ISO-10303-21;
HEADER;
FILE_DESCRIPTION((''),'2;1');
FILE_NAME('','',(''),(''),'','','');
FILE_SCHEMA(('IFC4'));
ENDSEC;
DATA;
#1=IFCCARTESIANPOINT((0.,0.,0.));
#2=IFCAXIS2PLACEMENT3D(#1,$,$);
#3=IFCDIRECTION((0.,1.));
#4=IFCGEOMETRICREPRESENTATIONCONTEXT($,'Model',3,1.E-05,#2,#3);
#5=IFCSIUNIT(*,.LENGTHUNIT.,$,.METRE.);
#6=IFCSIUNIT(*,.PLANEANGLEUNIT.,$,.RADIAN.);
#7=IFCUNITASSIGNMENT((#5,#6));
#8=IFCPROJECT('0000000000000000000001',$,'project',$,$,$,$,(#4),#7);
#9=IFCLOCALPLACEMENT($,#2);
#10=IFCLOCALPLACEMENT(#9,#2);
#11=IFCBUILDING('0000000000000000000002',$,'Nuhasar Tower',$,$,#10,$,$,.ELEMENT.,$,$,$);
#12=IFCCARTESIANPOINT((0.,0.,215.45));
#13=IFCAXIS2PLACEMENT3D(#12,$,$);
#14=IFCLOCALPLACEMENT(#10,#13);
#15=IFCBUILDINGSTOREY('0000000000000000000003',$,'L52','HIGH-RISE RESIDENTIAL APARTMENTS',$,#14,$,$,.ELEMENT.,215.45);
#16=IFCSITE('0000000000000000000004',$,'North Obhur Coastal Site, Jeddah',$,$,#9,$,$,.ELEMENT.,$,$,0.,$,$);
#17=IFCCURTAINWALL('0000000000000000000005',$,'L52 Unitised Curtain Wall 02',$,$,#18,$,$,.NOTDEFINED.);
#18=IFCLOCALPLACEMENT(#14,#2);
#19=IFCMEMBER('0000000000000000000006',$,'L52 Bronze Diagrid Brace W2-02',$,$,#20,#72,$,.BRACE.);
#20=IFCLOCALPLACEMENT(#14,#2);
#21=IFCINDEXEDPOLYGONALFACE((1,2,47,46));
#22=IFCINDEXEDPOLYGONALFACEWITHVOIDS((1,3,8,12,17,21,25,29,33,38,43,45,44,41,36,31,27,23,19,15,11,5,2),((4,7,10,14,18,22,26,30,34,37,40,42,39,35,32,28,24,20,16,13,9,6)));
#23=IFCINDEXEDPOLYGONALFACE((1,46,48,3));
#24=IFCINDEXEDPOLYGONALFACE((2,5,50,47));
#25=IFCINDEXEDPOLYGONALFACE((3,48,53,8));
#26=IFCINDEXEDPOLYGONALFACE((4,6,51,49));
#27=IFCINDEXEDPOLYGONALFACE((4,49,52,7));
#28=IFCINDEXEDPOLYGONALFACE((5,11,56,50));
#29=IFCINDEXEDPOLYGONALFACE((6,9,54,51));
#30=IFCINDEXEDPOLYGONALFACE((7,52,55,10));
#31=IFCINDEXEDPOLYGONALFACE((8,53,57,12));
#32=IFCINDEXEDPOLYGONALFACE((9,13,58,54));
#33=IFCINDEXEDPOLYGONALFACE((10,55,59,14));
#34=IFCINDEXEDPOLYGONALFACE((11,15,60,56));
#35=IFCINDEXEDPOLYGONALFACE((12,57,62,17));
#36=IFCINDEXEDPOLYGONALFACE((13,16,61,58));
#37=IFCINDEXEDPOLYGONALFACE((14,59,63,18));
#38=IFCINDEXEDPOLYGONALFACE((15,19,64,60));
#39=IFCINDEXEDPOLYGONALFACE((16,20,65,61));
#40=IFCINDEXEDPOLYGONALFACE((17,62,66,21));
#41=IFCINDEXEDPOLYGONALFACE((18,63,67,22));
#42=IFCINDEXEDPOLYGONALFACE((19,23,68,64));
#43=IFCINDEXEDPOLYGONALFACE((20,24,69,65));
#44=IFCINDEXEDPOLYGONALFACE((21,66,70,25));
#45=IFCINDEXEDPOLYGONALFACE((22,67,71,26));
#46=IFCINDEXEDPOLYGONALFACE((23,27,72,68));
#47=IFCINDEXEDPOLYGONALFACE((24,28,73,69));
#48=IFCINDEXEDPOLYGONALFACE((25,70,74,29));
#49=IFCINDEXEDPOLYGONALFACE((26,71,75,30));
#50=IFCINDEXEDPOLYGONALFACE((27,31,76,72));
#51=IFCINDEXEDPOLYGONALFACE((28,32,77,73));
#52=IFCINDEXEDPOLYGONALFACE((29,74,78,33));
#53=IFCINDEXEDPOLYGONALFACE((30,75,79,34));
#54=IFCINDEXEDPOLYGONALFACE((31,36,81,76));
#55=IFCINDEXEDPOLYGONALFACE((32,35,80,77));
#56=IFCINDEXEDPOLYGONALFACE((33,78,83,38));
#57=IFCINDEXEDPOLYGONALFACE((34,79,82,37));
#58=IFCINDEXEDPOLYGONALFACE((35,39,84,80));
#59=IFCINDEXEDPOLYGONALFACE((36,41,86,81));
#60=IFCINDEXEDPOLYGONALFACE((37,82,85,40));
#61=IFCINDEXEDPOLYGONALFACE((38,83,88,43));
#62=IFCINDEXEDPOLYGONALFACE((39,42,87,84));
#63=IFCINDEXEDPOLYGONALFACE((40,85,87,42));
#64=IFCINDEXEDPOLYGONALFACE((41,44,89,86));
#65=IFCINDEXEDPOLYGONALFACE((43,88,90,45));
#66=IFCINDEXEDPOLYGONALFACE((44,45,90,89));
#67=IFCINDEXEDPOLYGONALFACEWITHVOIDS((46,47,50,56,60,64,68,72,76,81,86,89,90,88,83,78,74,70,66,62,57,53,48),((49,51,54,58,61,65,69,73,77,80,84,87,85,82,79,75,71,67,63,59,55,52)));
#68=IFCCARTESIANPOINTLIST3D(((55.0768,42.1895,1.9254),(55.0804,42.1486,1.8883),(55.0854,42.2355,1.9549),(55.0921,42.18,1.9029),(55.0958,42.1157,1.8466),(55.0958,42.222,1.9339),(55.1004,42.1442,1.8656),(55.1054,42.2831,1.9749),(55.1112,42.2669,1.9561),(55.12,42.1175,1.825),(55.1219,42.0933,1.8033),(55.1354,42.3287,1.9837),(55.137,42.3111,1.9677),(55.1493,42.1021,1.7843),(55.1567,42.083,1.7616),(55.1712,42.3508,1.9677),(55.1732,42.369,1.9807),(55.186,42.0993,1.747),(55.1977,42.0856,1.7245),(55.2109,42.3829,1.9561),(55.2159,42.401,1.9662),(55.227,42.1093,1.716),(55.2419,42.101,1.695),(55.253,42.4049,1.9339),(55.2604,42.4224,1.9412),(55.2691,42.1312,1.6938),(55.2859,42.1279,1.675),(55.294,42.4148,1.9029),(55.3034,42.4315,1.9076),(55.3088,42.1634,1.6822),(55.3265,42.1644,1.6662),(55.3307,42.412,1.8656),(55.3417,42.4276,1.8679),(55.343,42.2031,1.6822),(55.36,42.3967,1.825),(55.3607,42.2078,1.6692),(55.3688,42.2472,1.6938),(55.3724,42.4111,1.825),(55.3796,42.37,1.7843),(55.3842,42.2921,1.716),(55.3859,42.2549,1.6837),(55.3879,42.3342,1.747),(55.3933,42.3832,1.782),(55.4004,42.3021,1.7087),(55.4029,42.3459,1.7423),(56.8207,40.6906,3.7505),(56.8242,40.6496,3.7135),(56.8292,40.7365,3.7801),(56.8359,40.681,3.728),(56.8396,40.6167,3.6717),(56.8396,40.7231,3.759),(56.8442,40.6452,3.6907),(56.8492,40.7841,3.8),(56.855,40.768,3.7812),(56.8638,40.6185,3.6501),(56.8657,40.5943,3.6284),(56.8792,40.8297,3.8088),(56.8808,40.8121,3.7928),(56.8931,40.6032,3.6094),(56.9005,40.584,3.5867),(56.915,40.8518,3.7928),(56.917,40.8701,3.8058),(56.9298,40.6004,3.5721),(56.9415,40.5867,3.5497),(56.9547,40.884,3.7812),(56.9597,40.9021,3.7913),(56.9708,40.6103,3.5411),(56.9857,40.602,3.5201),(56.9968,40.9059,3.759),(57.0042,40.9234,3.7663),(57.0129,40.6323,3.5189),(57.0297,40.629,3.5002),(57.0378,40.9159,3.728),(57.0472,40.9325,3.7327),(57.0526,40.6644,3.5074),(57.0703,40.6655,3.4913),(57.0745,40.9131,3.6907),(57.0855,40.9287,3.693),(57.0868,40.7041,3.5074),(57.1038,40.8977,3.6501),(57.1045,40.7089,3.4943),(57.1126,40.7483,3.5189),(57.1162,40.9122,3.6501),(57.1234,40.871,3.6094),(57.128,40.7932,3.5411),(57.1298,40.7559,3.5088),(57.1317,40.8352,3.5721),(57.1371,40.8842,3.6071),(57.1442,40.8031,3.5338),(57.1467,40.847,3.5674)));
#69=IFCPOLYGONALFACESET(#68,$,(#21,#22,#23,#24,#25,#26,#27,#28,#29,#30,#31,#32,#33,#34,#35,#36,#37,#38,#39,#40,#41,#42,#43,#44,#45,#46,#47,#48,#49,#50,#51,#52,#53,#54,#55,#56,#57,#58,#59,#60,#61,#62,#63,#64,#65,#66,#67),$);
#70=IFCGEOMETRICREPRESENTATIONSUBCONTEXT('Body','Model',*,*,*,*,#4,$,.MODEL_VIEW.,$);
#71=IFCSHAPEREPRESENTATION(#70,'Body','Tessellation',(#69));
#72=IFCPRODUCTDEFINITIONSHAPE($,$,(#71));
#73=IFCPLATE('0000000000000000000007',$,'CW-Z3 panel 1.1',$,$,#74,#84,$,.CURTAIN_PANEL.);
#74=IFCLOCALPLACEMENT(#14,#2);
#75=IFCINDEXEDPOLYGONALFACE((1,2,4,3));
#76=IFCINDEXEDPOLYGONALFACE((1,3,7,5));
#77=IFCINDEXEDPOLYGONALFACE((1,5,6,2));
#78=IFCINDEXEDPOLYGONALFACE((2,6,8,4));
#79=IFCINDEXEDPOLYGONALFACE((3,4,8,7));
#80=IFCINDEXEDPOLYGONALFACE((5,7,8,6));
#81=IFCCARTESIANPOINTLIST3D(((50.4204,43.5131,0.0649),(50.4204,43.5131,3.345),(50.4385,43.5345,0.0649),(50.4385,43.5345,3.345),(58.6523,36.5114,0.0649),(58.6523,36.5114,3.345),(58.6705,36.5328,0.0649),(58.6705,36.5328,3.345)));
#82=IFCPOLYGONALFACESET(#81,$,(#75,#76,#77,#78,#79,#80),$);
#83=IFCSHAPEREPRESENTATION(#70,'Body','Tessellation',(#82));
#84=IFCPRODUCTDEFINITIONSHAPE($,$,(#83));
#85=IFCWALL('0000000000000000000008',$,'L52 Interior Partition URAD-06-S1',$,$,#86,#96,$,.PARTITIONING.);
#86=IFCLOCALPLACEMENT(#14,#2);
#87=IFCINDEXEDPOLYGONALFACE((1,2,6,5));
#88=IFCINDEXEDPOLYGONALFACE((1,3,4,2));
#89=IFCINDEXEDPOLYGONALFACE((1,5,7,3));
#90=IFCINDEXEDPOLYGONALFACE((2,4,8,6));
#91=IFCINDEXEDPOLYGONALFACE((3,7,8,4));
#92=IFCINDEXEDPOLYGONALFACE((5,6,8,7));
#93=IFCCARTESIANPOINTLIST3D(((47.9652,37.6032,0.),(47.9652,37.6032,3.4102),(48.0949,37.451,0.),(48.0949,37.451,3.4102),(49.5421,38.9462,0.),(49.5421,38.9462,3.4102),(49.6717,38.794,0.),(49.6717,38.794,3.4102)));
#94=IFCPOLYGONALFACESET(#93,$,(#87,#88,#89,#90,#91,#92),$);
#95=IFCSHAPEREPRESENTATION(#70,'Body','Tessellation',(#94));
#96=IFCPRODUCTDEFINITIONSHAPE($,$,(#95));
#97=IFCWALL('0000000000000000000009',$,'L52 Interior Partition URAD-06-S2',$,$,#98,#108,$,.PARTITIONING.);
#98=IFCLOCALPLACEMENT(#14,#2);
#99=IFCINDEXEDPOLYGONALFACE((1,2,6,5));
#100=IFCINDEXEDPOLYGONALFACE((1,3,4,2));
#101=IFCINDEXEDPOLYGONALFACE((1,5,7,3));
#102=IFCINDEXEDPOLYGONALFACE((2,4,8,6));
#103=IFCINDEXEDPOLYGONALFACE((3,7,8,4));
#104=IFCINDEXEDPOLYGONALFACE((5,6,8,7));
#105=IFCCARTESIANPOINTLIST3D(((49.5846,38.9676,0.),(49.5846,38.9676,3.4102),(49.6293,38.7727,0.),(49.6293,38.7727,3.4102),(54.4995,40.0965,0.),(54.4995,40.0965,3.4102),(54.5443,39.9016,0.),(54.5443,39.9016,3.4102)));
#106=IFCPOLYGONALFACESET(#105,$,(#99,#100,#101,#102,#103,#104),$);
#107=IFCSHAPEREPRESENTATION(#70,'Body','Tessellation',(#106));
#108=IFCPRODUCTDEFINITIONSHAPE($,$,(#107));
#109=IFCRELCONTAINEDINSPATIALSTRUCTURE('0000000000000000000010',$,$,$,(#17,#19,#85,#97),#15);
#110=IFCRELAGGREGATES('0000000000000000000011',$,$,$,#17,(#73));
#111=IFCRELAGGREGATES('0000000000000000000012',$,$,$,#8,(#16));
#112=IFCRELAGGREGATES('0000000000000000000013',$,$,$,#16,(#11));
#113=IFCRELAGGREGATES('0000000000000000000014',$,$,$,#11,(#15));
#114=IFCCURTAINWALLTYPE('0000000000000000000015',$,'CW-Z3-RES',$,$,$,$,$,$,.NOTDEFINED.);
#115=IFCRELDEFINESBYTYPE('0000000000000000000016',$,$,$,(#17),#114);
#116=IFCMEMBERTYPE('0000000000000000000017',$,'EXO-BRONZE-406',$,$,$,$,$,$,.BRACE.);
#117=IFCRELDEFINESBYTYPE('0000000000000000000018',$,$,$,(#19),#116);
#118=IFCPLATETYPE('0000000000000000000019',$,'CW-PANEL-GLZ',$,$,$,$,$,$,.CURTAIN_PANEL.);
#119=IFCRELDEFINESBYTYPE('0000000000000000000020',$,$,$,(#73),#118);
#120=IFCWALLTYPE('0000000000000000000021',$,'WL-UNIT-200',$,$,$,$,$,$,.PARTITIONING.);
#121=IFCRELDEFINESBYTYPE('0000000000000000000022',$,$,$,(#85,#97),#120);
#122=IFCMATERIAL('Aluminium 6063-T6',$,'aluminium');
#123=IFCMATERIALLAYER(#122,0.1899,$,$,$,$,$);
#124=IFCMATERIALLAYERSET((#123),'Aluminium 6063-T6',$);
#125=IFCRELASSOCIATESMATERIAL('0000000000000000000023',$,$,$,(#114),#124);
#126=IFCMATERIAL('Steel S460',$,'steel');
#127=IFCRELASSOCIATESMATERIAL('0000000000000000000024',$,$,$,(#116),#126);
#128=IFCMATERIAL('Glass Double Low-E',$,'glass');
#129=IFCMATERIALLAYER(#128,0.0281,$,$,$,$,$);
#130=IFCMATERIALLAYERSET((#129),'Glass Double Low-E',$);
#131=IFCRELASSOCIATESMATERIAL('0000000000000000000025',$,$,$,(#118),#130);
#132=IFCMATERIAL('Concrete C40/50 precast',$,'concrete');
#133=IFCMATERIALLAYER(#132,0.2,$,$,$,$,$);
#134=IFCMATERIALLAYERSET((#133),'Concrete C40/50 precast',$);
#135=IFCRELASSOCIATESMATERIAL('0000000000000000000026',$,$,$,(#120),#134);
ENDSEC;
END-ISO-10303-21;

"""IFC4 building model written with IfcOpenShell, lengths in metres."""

from ifc_helpers import new_model, si_unit, direction, frame, frame_2d, origin, origin_2d, place, context, subcontext, project, spatial, rectangle, hollow_circle, extrude, material, layer, layer_set, material_profile, profile_set, type_object, element, aggregate, save


model = new_model("IFC4")

# Units and contexts
model_context = context("Model", 3, precision=1e-05, world=origin(), true_north=direction((0.0, 1.0)))
body_context = subcontext(model_context, "Body", "Model", "MODEL_VIEW")
ifc_project = project(units=[si_unit("LENGTHUNIT", "METRE"), si_unit("PLANEANGLEUNIT", "RADIAN")], contexts=[model_context])

# Site, building, storey
site_placement = place(None, origin())
site = spatial("IfcSite", under=ifc_project, at=site_placement, Name="North Obhur Coastal Site, Jeddah", CompositionType="ELEMENT", RefElevation=0.0)
building_placement = place(site_placement, origin())
building = spatial("IfcBuilding", under=site, at=building_placement, Name="Nuhasar Tower", CompositionType="ELEMENT")
storey_placement = place(building_placement, frame((0.0, 0.0, 215.45)))
storey = spatial("IfcBuildingStorey", under=building, at=storey_placement, Name="L52", Description="HIGH-RISE RESIDENTIAL APARTMENTS", CompositionType="ELEMENT", Elevation=215.45)

# Shared definitions
ifc_material_1 = material(Name="Aluminium 6063-T6", Category="aluminium")
ifc_layer_1 = layer(ifc_material_1, 0.1899)
ifc_layer_set_1 = layer_set([ifc_layer_1], Name="Aluminium 6063-T6")
curtain_wall_type = type_object("IfcCurtainWallType", Name="CW-Z3-RES", PredefinedType="NOTDEFINED", material=ifc_layer_set_1)

# Curtain wall
curtain_wall_1_placement = place(storey_placement, origin())
curtain_wall_1 = element("IfcCurtainWall", 1, at=curtain_wall_1_placement, inside=storey, type_object=curtain_wall_type, Name="L52 Unitised Curtain Wall 02", PredefinedType="NOTDEFINED")

# Member
ifc_material_2 = material(Name="Steel S460", Category="steel")
ifc_material_profile_1 = material_profile(ifc_material_2, hollow_circle(Radius=0.2031, WallThickness=0.019, at=origin_2d()), Name="HSS406.4X19.1")
ifc_profile_set_1 = profile_set([ifc_material_profile_1], Name="Steel S460")
member_type_1 = type_object("IfcMemberType", Name="EXO-BRONZE-406", PredefinedType="BRACE", material=ifc_profile_set_1)
for number, where, z_axis, x_axis, name in (
    (2, (55.24, 42.2571, 1.825), (0.593988, -0.510582, 0.621679), (0.651857, 0.758342, 0.0), "L52 Bronze Diagrid Brace W2-02"),
):
    element("IfcMember", number, at=place(storey_placement, frame(where, z_axis=z_axis, x_axis=x_axis)), inside=storey, type_object=member_type_1, Name=name, PredefinedType="BRACE", context=body_context, shape_type="SweptSolid", body=[
        extrude(hollow_circle(Radius=0.2031, WallThickness=0.019, at=origin_2d()), origin(), (0.0, 0.0, 1.0), 2.9358),
    ])

# Plate
ifc_material_3 = material(Name="Glass Double Low-E", Category="glass")
ifc_layer_2 = layer(ifc_material_3, 0.0281)
ifc_layer_set_2 = layer_set([ifc_layer_2], Name="Glass Double Low-E")
plate_type = type_object("IfcPlateType", Name="CW-PANEL-GLZ", PredefinedType="CURTAIN_PANEL", material=ifc_layer_set_2)
plate_placement = place(storey_placement, frame((54.5454, 40.0229, 0.0649), z_axis=(0.0, 0.0, 1.0), x_axis=(-0.761729, 0.647895, 0.0)))
plate = element("IfcPlate", 3, at=plate_placement, type_object=plate_type, Name="CW-Z3 panel 1.1", PredefinedType="CURTAIN_PANEL", context=body_context, shape_type="SweptSolid", body=[
    extrude(rectangle(XDim=10.8069, YDim=0.0281, at=origin_2d()), origin(), (0.0, 0.0, 1.0), 3.28),
])
aggregate(curtain_wall_1, [plate])

# Walls
ifc_material_4 = material(Name="Concrete C40/50 precast", Category="concrete")
ifc_layer_3 = layer(ifc_material_4, 0.2)
ifc_layer_set_3 = layer_set([ifc_layer_3], Name="Concrete C40/50 precast")
wall_type = type_object("IfcWallType", Name="WL-UNIT-200", PredefinedType="PARTITIONING", material=ifc_layer_set_3)
wall_1_placement = place(storey_placement, frame((48.03, 37.5271, 0.0), z_axis=(0.0, 0.0, 1.0), x_axis=(0.761308, 0.648391, 0.0)))
element("IfcWall", 4, at=wall_1_placement, inside=storey, type_object=wall_type, Name="L52 Interior Partition URAD-06-S1", PredefinedType="PARTITIONING", context=body_context, shape_type="SweptSolid", body=[
    extrude(rectangle(XDim=2.0713, YDim=0.2, at=frame_2d((1.0356, 0.0))), origin(), (0.0, 0.0, 1.0), 3.4102),
])
wall_2_placement = place(storey_placement, frame((49.6069, 38.8701, 0.0), z_axis=(0.0, 0.0, 1.0), x_axis=(0.974622, 0.223855, 0.0)))
element("IfcWall", 5, at=wall_2_placement, inside=storey, type_object=wall_type, Name="L52 Interior Partition URAD-06-S2", PredefinedType="PARTITIONING", context=body_context, shape_type="SweptSolid", body=[
    extrude(rectangle(XDim=5.043, YDim=0.2, at=frame_2d((2.5215, 0.0))), origin(), (0.0, 0.0, 1.0), 3.4102),
])

save(model, "model.ifc")
